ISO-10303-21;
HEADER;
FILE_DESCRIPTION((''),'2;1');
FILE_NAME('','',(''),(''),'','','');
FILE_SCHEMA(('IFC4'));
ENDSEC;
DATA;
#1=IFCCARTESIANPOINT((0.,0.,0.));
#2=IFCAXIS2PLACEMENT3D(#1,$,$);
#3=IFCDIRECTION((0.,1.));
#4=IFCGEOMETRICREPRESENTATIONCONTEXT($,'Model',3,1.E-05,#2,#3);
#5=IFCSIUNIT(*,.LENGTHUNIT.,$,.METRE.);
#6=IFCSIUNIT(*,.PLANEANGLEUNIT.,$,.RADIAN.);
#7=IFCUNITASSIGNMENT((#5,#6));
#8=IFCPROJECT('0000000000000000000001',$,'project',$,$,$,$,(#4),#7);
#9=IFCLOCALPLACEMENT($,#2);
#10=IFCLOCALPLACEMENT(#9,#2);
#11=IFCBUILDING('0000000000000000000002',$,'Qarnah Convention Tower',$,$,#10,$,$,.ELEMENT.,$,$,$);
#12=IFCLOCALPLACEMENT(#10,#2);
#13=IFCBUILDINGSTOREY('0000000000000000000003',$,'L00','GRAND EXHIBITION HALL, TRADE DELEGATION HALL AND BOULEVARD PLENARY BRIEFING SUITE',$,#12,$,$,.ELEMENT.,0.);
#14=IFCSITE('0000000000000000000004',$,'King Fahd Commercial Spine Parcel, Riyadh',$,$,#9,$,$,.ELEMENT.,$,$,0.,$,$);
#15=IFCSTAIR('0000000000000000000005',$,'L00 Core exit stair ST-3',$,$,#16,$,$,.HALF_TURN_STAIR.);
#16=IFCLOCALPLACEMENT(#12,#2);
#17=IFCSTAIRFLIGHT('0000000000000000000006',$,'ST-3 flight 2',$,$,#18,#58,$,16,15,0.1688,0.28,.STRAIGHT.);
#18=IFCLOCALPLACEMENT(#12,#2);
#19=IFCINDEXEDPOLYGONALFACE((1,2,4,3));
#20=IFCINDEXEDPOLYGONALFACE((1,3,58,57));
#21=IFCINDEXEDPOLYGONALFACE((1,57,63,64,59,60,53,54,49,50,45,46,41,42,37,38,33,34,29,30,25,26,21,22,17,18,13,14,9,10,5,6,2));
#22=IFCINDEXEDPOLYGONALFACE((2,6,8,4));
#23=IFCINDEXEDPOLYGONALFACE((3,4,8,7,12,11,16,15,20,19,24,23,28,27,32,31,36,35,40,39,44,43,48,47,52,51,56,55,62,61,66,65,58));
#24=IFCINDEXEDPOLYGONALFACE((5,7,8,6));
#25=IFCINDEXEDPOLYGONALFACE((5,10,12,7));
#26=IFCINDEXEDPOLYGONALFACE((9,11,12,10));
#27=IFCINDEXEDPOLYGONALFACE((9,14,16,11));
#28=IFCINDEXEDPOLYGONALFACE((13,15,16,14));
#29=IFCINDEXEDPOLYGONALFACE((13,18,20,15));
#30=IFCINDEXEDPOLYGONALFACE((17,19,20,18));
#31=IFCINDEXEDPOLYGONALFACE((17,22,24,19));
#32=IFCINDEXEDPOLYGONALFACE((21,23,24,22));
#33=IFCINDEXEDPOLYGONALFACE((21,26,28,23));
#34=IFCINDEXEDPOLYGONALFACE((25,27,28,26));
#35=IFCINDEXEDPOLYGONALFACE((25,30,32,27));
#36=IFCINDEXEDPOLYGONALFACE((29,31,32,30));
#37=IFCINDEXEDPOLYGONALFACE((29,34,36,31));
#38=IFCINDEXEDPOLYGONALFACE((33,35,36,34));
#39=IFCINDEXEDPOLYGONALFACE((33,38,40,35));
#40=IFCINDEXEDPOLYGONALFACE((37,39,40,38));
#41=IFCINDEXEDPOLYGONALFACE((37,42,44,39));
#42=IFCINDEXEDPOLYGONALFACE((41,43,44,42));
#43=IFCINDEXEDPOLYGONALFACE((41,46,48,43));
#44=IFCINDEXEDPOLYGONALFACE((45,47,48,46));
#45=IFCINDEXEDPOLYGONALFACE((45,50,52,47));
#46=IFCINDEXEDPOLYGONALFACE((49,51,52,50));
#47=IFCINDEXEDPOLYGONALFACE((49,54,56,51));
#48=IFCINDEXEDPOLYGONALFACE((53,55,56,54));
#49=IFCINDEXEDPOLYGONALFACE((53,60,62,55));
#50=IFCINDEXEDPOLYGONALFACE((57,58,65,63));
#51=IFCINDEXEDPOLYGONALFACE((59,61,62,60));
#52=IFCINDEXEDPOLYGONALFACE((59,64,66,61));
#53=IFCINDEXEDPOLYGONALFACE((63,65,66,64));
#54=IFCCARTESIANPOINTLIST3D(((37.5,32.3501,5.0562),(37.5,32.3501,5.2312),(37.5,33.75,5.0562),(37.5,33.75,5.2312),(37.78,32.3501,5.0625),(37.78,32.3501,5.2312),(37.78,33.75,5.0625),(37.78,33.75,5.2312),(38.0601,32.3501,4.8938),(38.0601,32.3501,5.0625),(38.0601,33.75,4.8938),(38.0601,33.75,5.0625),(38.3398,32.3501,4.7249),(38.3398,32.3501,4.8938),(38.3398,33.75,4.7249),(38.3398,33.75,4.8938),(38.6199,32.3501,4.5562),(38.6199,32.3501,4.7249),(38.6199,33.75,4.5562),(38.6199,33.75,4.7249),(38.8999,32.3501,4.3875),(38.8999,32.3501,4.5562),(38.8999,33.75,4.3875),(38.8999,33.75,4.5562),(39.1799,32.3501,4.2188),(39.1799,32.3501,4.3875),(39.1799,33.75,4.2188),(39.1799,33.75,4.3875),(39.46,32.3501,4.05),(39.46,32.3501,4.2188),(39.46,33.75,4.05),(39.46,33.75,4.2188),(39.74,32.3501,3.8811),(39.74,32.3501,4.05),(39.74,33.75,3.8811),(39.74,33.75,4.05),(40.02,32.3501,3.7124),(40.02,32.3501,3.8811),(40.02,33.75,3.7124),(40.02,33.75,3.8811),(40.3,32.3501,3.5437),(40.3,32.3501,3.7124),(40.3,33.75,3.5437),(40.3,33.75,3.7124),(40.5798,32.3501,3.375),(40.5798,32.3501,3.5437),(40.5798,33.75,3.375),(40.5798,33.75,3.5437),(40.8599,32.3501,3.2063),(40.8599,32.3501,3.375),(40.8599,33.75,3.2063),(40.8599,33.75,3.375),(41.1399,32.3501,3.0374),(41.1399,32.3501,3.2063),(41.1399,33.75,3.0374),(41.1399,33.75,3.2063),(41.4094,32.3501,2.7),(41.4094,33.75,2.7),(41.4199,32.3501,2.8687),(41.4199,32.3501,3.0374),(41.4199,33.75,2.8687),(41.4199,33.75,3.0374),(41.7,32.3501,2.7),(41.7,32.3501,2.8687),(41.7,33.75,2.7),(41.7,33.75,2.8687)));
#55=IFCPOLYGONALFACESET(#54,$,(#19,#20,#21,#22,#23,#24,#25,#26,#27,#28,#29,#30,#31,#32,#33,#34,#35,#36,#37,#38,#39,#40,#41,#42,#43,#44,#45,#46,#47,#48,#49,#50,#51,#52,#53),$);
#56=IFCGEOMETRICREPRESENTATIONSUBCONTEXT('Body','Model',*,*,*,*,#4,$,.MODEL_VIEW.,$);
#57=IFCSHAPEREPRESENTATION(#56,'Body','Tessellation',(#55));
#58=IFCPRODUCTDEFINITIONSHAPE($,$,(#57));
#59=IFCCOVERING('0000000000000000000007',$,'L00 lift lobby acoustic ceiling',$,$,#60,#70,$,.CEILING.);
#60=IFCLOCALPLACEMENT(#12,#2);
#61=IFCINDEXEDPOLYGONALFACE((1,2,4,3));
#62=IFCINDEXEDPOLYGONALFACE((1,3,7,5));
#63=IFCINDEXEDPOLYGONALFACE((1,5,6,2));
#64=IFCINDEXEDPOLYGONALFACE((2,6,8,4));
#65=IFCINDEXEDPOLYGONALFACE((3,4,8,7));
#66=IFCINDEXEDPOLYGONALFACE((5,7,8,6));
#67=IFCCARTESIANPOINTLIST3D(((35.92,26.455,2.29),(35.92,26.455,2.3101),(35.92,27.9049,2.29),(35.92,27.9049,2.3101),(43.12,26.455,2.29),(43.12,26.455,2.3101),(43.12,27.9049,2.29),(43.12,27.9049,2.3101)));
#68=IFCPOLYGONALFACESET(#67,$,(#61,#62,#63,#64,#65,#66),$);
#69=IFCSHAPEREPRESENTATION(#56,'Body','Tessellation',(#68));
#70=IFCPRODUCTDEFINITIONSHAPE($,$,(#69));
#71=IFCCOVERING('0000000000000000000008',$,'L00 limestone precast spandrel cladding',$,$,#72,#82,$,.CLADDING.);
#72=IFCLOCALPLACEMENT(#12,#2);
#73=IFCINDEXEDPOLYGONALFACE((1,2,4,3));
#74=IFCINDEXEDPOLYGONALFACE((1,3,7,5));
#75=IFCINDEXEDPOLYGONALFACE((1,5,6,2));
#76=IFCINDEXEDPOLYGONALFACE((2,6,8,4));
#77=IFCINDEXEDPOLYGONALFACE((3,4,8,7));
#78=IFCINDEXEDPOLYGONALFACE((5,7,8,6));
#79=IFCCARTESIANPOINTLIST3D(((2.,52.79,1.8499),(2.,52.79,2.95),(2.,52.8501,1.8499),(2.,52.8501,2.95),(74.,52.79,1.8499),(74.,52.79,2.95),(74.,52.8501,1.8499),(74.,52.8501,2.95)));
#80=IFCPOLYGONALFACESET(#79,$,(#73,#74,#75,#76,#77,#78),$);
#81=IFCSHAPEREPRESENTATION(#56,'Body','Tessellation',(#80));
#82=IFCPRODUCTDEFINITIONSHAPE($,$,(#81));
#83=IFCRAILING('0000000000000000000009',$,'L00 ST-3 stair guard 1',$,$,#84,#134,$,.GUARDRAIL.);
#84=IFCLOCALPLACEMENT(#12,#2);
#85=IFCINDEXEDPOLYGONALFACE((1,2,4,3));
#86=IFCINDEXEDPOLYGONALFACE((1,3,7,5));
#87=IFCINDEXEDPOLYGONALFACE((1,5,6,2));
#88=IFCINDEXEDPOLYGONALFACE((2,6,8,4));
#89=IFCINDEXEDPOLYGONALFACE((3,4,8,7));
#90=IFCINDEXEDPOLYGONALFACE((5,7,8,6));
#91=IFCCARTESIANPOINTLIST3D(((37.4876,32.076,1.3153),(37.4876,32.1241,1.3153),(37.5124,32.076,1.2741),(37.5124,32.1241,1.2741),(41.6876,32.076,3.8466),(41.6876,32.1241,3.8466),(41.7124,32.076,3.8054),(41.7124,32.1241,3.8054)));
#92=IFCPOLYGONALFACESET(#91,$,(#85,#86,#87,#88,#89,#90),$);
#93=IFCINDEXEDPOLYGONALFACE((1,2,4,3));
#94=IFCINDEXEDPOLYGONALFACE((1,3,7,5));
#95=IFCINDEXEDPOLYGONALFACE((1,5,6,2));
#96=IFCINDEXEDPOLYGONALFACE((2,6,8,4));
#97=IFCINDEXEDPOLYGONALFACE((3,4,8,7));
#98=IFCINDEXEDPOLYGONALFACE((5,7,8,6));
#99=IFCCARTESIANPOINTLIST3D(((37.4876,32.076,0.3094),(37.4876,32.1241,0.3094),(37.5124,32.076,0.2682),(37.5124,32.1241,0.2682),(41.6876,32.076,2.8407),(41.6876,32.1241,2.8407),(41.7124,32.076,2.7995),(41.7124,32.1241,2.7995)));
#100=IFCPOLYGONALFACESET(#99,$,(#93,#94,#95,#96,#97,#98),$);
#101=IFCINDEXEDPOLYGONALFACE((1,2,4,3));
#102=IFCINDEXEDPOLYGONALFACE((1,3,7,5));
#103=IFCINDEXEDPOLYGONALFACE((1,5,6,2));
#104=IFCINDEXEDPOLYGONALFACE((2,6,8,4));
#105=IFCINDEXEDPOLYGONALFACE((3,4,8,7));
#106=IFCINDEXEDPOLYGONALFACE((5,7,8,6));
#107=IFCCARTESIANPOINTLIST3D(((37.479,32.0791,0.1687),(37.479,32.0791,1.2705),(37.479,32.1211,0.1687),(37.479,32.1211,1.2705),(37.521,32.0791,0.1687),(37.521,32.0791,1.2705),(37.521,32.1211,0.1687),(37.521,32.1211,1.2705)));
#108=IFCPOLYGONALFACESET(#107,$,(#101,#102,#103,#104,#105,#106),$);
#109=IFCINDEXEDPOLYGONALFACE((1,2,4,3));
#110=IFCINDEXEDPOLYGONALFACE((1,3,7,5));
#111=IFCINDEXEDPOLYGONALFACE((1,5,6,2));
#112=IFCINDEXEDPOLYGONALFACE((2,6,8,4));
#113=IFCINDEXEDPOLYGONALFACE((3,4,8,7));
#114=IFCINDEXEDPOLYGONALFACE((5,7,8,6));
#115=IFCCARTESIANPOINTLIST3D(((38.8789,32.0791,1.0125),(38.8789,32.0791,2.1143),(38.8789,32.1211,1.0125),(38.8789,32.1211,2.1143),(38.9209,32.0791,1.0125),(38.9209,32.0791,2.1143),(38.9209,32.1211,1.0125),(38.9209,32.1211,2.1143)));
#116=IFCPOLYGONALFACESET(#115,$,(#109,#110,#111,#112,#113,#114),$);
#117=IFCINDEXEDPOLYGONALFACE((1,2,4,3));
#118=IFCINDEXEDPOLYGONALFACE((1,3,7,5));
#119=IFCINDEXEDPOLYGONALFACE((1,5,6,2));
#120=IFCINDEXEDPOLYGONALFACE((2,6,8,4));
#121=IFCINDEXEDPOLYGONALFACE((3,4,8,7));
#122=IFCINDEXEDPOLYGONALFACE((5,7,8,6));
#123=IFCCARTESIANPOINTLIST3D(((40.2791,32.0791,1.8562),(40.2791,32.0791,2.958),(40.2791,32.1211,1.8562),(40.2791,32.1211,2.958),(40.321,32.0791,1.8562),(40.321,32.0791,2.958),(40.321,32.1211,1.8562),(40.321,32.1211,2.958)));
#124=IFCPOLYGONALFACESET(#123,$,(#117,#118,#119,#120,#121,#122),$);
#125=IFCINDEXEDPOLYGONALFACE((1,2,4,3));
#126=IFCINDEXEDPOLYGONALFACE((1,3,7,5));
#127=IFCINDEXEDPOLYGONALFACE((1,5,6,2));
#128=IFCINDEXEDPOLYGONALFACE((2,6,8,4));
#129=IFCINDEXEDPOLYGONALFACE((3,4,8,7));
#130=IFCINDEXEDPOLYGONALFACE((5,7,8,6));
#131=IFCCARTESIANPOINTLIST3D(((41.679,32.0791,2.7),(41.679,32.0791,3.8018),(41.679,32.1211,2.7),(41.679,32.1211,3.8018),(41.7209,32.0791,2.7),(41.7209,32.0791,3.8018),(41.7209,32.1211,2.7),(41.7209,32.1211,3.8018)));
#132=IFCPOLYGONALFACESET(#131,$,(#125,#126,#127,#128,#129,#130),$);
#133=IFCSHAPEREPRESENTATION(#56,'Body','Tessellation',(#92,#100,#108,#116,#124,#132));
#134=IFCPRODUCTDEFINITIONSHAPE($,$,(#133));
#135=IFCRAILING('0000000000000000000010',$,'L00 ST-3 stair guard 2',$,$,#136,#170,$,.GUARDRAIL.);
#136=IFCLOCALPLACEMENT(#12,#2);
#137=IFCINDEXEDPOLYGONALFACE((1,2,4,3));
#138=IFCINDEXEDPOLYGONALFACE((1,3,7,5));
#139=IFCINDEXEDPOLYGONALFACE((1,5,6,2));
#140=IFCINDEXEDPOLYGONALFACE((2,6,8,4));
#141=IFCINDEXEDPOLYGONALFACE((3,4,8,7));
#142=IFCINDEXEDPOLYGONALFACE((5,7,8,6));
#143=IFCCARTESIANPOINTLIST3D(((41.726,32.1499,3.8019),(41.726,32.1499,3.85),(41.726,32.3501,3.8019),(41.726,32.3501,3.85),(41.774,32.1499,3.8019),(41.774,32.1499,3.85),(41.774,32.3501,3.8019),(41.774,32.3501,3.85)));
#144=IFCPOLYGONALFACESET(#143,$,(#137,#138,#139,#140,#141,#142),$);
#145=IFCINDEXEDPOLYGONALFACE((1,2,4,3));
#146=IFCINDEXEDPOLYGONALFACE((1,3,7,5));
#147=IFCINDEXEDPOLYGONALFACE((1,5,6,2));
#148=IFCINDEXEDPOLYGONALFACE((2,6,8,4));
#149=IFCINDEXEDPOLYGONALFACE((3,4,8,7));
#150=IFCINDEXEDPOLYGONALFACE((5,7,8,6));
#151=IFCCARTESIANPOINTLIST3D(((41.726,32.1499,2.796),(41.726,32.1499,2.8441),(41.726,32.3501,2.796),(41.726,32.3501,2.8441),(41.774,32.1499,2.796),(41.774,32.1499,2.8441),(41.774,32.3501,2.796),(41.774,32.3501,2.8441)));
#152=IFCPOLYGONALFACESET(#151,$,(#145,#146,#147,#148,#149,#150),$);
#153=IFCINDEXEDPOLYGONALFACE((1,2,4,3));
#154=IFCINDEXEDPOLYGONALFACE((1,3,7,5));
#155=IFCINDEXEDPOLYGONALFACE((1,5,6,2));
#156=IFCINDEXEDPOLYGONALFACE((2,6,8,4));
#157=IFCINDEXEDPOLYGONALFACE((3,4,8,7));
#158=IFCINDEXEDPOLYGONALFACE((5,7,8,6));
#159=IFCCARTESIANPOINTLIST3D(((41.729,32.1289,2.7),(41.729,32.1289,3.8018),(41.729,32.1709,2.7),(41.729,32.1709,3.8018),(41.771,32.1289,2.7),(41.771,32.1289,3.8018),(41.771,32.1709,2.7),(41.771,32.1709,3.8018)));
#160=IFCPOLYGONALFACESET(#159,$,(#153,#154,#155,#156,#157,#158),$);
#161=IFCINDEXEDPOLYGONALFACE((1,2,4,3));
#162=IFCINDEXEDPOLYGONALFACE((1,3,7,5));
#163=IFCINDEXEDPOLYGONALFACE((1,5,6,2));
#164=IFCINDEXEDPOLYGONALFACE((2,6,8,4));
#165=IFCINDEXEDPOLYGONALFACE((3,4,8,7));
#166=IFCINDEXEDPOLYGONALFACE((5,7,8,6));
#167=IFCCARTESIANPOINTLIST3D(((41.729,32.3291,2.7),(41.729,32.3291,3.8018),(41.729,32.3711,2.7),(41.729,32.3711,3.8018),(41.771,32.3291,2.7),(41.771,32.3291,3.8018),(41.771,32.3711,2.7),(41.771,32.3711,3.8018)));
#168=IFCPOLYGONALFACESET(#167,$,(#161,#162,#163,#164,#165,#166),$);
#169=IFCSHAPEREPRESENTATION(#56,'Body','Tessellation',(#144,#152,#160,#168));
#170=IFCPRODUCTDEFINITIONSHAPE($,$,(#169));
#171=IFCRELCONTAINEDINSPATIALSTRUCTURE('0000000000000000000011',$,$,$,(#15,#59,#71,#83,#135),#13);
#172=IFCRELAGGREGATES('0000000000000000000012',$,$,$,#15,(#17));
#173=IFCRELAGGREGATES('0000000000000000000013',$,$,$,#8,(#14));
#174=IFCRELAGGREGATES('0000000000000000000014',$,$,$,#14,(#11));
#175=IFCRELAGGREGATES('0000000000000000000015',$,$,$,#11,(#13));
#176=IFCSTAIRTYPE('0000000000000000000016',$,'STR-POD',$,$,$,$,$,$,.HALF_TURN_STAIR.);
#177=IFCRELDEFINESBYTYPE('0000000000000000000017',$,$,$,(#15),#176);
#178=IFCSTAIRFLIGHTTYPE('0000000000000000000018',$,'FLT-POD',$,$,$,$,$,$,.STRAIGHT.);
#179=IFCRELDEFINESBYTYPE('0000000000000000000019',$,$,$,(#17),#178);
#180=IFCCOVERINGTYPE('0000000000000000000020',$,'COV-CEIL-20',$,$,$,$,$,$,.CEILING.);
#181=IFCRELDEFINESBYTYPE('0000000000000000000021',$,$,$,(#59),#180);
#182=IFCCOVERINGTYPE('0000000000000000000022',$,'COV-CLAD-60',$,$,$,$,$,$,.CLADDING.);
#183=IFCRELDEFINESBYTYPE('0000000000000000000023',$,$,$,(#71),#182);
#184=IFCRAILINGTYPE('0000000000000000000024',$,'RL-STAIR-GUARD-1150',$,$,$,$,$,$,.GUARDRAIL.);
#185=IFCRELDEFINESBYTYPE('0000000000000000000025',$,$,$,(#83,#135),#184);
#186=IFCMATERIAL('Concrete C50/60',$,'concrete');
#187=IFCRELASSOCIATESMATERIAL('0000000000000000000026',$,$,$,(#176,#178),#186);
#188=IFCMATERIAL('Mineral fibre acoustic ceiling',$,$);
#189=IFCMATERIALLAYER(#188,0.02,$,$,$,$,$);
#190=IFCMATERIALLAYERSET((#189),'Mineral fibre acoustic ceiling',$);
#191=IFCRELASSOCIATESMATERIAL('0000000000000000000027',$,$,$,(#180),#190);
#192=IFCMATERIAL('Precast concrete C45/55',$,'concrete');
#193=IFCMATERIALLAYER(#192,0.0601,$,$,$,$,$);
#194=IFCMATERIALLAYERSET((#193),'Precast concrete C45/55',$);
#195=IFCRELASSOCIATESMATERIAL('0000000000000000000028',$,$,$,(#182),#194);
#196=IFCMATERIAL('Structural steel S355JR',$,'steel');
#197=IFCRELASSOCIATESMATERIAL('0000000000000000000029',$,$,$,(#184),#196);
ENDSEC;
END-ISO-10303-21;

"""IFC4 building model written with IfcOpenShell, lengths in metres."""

from ifc_helpers import new_model, si_unit, direction, frame, origin, origin_2d, place, context, subcontext, project, spatial, polyline, rectangle, outline, extrude, material, layer, layer_set, type_object, element, aggregate, save


model = new_model("IFC4")

# Units and contexts
model_context = context("Model", 3, precision=1e-05, world=origin(), true_north=direction((0.0, 1.0)))
body_context = subcontext(model_context, "Body", "Model", "MODEL_VIEW")
ifc_project = project(units=[si_unit("LENGTHUNIT", "METRE"), si_unit("PLANEANGLEUNIT", "RADIAN")], contexts=[model_context])

# Site, building, storey
site_placement = place(None, origin())
site = spatial("IfcSite", under=ifc_project, at=site_placement, Name="King Fahd Commercial Spine Parcel, Riyadh", CompositionType="ELEMENT", RefElevation=0.0)
building_placement = place(site_placement, origin())
building = spatial("IfcBuilding", under=site, at=building_placement, Name="Qarnah Convention Tower", CompositionType="ELEMENT")
storey_placement = place(building_placement, origin())
storey = spatial("IfcBuildingStorey", under=building, at=storey_placement, Name="L00", Description="GRAND EXHIBITION HALL, TRADE DELEGATION HALL AND BOULEVARD PLENARY BRIEFING SUITE", CompositionType="ELEMENT", Elevation=0.0)

# Shared definitions
ifc_material_1 = material(Name="Structural steel S355JR", Category="steel")

# Stair, stair flight
ifc_material_2 = material(Name="Concrete C50/60", Category="concrete")
stair_type = type_object("IfcStairType", Name="STR-POD", PredefinedType="HALF_TURN_STAIR", material=ifc_material_2)
stair_placement = place(storey_placement, origin())
stair = element("IfcStair", 1, at=stair_placement, inside=storey, type_object=stair_type, Name="L00 Core exit stair ST-3", PredefinedType="HALF_TURN_STAIR")
stair_flight_type = type_object("IfcStairFlightType", Name="FLT-POD", PredefinedType="STRAIGHT", material=ifc_material_2)
stair_flight_1_placement = place(storey_placement, frame((41.7, 33.05, 2.7), z_axis=(0.0, 0.0, 1.0), x_axis=(-1.0, 0.0, 0.0)))
stair_flight_1 = element("IfcStairFlight", 2, at=stair_flight_1_placement, type_object=stair_flight_type, Name="ST-3 flight 2", NumberOfRisers=16, NumberOfTreads=15, PredefinedType="STRAIGHT", RiserHeight=0.1688, TreadLength=0.28, context=body_context, shape_type="SweptSolid", body=[
    extrude(outline(polyline([(0.0, 0.0), (0.0, 0.1687), (0.28, 0.1687), (0.28, 0.3374), (0.5601, 0.3374), (0.5601, 0.5063), (0.8401, 0.5063), (0.8401, 0.675), (1.1201, 0.675), (1.1201, 0.8438), (1.3999, 0.8438), (1.3999, 1.0125), (1.6799, 1.0125), (1.6799, 1.1812), (1.96, 1.1812), (1.96, 1.3501), (2.24, 1.3501), (2.24, 1.5188), (2.52, 1.5188), (2.52, 1.6875), (2.8, 1.6875), (2.8, 1.8562), (3.0801, 1.8562), (3.0801, 2.0249), (3.3601, 2.0249), (3.3601, 2.1938), (3.6399, 2.1938), (3.6399, 2.3625), (3.9199, 2.3625), (3.9199, 2.5312), (4.2, 2.5312), (4.2, 2.7), (4.2, 2.3562), (0.2905, 0.0), (0.0, 0.0)])), frame((0.0, 0.7, 0.0), z_axis=(0.0, -1.0, 0.0), x_axis=(1.0, 0.0, 0.0)), (0.0, 0.0, 1.0), 1.3999),
])
aggregate(stair, [stair_flight_1])

# Coverings
ifc_material_3 = material(Name="Mineral fibre acoustic ceiling")
ifc_layer_1 = layer(ifc_material_3, 0.02)
ifc_layer_set_1 = layer_set([ifc_layer_1], Name="Mineral fibre acoustic ceiling")
covering_type_1 = type_object("IfcCoveringType", Name="COV-CEIL-20", PredefinedType="CEILING", material=ifc_layer_set_1)
covering_1_placement = place(storey_placement, frame((39.52, 27.1799, 2.29), z_axis=(0.0, 0.0, 1.0), x_axis=(1.0, 0.0, 0.0)))
element("IfcCovering", 3, at=covering_1_placement, inside=storey, type_object=covering_type_1, Name="L00 lift lobby acoustic ceiling", PredefinedType="CEILING", context=body_context, shape_type="SweptSolid", body=[
    extrude(rectangle(XDim=7.2, YDim=1.45, at=origin_2d()), origin(), (0.0, 0.0, 1.0), 0.02),
])
ifc_material_4 = material(Name="Precast concrete C45/55", Category="concrete")
ifc_layer_2 = layer(ifc_material_4, 0.0601)
ifc_layer_set_2 = layer_set([ifc_layer_2], Name="Precast concrete C45/55")
covering_type_2 = type_object("IfcCoveringType", Name="COV-CLAD-60", PredefinedType="CLADDING", material=ifc_layer_set_2)
covering_2_placement = place(storey_placement, frame((38.0, 52.8201, 1.8499), z_axis=(0.0, 0.0, 1.0), x_axis=(1.0, 0.0, 0.0)))
element("IfcCovering", 4, at=covering_2_placement, inside=storey, type_object=covering_type_2, Name="L00 limestone precast spandrel cladding", PredefinedType="CLADDING", context=body_context, shape_type="SweptSolid", body=[
    extrude(rectangle(XDim=72.0, YDim=0.0601, at=origin_2d()), origin(), (0.0, 0.0, 1.0), 1.1001),
])

# Railings
railing_type_1 = type_object("IfcRailingType", Name="RL-STAIR-GUARD-1150", PredefinedType="GUARDRAIL", material=ifc_material_1)
railing_1_placement = place(storey_placement, frame((37.5, 32.1001, 0.1687)))
element("IfcRailing", 5, at=railing_1_placement, inside=storey, type_object=railing_type_1, Name="L00 ST-3 stair guard 1", PredefinedType="GUARDRAIL", context=body_context, shape_type="SweptSolid", body=[
    extrude(rectangle(XDim=0.0481, YDim=0.0481, at=origin_2d()), frame((0.0, 0.0, 1.126), z_axis=(0.856476, 0.0, 0.516186), x_axis=(0.0, 1.0, 0.0)), (0.0, 0.0, 1.0), 4.9038),
    extrude(rectangle(XDim=0.0481, YDim=0.0481, at=origin_2d()), frame((0.0, 0.0, 0.1201), z_axis=(0.856476, 0.0, 0.516186), x_axis=(0.0, 1.0, 0.0)), (0.0, 0.0, 1.0), 4.9038),
    extrude(rectangle(XDim=0.042, YDim=0.042, at=origin_2d()), origin(), (0.0, 0.0, 1.0), 1.1018),
    extrude(rectangle(XDim=0.042, YDim=0.042, at=origin_2d()), frame((1.3999, 0.0, 0.8438)), (0.0, 0.0, 1.0), 1.1018),
    extrude(rectangle(XDim=0.042, YDim=0.042, at=origin_2d()), frame((2.8, 0.0, 1.6875)), (0.0, 0.0, 1.0), 1.1018),
    extrude(rectangle(XDim=0.042, YDim=0.042, at=origin_2d()), frame((4.2, 0.0, 2.5312)), (0.0, 0.0, 1.0), 1.1018),
])
railing_2_placement = place(storey_placement, frame((41.75, 32.1499, 2.7)))
element("IfcRailing", 6, at=railing_2_placement, inside=storey, type_object=railing_type_1, Name="L00 ST-3 stair guard 2", PredefinedType="GUARDRAIL", context=body_context, shape_type="SweptSolid", body=[
    extrude(rectangle(XDim=0.0481, YDim=0.0481, at=origin_2d()), frame((0.0, 0.0, 1.126), z_axis=(0.0, 1.0, 0.0), x_axis=(-1.0, 0.0, 0.0)), (0.0, 0.0, 1.0), 0.2002),
    extrude(rectangle(XDim=0.0481, YDim=0.0481, at=origin_2d()), frame((0.0, 0.0, 0.1201), z_axis=(0.0, 1.0, 0.0), x_axis=(-1.0, 0.0, 0.0)), (0.0, 0.0, 1.0), 0.2002),
    extrude(rectangle(XDim=0.042, YDim=0.042, at=origin_2d()), origin(), (0.0, 0.0, 1.0), 1.1018),
    extrude(rectangle(XDim=0.042, YDim=0.042, at=origin_2d()), frame((0.0, 0.2002, 0.0)), (0.0, 0.0, 1.0), 1.1018),
])

save(model, "model.ifc")
